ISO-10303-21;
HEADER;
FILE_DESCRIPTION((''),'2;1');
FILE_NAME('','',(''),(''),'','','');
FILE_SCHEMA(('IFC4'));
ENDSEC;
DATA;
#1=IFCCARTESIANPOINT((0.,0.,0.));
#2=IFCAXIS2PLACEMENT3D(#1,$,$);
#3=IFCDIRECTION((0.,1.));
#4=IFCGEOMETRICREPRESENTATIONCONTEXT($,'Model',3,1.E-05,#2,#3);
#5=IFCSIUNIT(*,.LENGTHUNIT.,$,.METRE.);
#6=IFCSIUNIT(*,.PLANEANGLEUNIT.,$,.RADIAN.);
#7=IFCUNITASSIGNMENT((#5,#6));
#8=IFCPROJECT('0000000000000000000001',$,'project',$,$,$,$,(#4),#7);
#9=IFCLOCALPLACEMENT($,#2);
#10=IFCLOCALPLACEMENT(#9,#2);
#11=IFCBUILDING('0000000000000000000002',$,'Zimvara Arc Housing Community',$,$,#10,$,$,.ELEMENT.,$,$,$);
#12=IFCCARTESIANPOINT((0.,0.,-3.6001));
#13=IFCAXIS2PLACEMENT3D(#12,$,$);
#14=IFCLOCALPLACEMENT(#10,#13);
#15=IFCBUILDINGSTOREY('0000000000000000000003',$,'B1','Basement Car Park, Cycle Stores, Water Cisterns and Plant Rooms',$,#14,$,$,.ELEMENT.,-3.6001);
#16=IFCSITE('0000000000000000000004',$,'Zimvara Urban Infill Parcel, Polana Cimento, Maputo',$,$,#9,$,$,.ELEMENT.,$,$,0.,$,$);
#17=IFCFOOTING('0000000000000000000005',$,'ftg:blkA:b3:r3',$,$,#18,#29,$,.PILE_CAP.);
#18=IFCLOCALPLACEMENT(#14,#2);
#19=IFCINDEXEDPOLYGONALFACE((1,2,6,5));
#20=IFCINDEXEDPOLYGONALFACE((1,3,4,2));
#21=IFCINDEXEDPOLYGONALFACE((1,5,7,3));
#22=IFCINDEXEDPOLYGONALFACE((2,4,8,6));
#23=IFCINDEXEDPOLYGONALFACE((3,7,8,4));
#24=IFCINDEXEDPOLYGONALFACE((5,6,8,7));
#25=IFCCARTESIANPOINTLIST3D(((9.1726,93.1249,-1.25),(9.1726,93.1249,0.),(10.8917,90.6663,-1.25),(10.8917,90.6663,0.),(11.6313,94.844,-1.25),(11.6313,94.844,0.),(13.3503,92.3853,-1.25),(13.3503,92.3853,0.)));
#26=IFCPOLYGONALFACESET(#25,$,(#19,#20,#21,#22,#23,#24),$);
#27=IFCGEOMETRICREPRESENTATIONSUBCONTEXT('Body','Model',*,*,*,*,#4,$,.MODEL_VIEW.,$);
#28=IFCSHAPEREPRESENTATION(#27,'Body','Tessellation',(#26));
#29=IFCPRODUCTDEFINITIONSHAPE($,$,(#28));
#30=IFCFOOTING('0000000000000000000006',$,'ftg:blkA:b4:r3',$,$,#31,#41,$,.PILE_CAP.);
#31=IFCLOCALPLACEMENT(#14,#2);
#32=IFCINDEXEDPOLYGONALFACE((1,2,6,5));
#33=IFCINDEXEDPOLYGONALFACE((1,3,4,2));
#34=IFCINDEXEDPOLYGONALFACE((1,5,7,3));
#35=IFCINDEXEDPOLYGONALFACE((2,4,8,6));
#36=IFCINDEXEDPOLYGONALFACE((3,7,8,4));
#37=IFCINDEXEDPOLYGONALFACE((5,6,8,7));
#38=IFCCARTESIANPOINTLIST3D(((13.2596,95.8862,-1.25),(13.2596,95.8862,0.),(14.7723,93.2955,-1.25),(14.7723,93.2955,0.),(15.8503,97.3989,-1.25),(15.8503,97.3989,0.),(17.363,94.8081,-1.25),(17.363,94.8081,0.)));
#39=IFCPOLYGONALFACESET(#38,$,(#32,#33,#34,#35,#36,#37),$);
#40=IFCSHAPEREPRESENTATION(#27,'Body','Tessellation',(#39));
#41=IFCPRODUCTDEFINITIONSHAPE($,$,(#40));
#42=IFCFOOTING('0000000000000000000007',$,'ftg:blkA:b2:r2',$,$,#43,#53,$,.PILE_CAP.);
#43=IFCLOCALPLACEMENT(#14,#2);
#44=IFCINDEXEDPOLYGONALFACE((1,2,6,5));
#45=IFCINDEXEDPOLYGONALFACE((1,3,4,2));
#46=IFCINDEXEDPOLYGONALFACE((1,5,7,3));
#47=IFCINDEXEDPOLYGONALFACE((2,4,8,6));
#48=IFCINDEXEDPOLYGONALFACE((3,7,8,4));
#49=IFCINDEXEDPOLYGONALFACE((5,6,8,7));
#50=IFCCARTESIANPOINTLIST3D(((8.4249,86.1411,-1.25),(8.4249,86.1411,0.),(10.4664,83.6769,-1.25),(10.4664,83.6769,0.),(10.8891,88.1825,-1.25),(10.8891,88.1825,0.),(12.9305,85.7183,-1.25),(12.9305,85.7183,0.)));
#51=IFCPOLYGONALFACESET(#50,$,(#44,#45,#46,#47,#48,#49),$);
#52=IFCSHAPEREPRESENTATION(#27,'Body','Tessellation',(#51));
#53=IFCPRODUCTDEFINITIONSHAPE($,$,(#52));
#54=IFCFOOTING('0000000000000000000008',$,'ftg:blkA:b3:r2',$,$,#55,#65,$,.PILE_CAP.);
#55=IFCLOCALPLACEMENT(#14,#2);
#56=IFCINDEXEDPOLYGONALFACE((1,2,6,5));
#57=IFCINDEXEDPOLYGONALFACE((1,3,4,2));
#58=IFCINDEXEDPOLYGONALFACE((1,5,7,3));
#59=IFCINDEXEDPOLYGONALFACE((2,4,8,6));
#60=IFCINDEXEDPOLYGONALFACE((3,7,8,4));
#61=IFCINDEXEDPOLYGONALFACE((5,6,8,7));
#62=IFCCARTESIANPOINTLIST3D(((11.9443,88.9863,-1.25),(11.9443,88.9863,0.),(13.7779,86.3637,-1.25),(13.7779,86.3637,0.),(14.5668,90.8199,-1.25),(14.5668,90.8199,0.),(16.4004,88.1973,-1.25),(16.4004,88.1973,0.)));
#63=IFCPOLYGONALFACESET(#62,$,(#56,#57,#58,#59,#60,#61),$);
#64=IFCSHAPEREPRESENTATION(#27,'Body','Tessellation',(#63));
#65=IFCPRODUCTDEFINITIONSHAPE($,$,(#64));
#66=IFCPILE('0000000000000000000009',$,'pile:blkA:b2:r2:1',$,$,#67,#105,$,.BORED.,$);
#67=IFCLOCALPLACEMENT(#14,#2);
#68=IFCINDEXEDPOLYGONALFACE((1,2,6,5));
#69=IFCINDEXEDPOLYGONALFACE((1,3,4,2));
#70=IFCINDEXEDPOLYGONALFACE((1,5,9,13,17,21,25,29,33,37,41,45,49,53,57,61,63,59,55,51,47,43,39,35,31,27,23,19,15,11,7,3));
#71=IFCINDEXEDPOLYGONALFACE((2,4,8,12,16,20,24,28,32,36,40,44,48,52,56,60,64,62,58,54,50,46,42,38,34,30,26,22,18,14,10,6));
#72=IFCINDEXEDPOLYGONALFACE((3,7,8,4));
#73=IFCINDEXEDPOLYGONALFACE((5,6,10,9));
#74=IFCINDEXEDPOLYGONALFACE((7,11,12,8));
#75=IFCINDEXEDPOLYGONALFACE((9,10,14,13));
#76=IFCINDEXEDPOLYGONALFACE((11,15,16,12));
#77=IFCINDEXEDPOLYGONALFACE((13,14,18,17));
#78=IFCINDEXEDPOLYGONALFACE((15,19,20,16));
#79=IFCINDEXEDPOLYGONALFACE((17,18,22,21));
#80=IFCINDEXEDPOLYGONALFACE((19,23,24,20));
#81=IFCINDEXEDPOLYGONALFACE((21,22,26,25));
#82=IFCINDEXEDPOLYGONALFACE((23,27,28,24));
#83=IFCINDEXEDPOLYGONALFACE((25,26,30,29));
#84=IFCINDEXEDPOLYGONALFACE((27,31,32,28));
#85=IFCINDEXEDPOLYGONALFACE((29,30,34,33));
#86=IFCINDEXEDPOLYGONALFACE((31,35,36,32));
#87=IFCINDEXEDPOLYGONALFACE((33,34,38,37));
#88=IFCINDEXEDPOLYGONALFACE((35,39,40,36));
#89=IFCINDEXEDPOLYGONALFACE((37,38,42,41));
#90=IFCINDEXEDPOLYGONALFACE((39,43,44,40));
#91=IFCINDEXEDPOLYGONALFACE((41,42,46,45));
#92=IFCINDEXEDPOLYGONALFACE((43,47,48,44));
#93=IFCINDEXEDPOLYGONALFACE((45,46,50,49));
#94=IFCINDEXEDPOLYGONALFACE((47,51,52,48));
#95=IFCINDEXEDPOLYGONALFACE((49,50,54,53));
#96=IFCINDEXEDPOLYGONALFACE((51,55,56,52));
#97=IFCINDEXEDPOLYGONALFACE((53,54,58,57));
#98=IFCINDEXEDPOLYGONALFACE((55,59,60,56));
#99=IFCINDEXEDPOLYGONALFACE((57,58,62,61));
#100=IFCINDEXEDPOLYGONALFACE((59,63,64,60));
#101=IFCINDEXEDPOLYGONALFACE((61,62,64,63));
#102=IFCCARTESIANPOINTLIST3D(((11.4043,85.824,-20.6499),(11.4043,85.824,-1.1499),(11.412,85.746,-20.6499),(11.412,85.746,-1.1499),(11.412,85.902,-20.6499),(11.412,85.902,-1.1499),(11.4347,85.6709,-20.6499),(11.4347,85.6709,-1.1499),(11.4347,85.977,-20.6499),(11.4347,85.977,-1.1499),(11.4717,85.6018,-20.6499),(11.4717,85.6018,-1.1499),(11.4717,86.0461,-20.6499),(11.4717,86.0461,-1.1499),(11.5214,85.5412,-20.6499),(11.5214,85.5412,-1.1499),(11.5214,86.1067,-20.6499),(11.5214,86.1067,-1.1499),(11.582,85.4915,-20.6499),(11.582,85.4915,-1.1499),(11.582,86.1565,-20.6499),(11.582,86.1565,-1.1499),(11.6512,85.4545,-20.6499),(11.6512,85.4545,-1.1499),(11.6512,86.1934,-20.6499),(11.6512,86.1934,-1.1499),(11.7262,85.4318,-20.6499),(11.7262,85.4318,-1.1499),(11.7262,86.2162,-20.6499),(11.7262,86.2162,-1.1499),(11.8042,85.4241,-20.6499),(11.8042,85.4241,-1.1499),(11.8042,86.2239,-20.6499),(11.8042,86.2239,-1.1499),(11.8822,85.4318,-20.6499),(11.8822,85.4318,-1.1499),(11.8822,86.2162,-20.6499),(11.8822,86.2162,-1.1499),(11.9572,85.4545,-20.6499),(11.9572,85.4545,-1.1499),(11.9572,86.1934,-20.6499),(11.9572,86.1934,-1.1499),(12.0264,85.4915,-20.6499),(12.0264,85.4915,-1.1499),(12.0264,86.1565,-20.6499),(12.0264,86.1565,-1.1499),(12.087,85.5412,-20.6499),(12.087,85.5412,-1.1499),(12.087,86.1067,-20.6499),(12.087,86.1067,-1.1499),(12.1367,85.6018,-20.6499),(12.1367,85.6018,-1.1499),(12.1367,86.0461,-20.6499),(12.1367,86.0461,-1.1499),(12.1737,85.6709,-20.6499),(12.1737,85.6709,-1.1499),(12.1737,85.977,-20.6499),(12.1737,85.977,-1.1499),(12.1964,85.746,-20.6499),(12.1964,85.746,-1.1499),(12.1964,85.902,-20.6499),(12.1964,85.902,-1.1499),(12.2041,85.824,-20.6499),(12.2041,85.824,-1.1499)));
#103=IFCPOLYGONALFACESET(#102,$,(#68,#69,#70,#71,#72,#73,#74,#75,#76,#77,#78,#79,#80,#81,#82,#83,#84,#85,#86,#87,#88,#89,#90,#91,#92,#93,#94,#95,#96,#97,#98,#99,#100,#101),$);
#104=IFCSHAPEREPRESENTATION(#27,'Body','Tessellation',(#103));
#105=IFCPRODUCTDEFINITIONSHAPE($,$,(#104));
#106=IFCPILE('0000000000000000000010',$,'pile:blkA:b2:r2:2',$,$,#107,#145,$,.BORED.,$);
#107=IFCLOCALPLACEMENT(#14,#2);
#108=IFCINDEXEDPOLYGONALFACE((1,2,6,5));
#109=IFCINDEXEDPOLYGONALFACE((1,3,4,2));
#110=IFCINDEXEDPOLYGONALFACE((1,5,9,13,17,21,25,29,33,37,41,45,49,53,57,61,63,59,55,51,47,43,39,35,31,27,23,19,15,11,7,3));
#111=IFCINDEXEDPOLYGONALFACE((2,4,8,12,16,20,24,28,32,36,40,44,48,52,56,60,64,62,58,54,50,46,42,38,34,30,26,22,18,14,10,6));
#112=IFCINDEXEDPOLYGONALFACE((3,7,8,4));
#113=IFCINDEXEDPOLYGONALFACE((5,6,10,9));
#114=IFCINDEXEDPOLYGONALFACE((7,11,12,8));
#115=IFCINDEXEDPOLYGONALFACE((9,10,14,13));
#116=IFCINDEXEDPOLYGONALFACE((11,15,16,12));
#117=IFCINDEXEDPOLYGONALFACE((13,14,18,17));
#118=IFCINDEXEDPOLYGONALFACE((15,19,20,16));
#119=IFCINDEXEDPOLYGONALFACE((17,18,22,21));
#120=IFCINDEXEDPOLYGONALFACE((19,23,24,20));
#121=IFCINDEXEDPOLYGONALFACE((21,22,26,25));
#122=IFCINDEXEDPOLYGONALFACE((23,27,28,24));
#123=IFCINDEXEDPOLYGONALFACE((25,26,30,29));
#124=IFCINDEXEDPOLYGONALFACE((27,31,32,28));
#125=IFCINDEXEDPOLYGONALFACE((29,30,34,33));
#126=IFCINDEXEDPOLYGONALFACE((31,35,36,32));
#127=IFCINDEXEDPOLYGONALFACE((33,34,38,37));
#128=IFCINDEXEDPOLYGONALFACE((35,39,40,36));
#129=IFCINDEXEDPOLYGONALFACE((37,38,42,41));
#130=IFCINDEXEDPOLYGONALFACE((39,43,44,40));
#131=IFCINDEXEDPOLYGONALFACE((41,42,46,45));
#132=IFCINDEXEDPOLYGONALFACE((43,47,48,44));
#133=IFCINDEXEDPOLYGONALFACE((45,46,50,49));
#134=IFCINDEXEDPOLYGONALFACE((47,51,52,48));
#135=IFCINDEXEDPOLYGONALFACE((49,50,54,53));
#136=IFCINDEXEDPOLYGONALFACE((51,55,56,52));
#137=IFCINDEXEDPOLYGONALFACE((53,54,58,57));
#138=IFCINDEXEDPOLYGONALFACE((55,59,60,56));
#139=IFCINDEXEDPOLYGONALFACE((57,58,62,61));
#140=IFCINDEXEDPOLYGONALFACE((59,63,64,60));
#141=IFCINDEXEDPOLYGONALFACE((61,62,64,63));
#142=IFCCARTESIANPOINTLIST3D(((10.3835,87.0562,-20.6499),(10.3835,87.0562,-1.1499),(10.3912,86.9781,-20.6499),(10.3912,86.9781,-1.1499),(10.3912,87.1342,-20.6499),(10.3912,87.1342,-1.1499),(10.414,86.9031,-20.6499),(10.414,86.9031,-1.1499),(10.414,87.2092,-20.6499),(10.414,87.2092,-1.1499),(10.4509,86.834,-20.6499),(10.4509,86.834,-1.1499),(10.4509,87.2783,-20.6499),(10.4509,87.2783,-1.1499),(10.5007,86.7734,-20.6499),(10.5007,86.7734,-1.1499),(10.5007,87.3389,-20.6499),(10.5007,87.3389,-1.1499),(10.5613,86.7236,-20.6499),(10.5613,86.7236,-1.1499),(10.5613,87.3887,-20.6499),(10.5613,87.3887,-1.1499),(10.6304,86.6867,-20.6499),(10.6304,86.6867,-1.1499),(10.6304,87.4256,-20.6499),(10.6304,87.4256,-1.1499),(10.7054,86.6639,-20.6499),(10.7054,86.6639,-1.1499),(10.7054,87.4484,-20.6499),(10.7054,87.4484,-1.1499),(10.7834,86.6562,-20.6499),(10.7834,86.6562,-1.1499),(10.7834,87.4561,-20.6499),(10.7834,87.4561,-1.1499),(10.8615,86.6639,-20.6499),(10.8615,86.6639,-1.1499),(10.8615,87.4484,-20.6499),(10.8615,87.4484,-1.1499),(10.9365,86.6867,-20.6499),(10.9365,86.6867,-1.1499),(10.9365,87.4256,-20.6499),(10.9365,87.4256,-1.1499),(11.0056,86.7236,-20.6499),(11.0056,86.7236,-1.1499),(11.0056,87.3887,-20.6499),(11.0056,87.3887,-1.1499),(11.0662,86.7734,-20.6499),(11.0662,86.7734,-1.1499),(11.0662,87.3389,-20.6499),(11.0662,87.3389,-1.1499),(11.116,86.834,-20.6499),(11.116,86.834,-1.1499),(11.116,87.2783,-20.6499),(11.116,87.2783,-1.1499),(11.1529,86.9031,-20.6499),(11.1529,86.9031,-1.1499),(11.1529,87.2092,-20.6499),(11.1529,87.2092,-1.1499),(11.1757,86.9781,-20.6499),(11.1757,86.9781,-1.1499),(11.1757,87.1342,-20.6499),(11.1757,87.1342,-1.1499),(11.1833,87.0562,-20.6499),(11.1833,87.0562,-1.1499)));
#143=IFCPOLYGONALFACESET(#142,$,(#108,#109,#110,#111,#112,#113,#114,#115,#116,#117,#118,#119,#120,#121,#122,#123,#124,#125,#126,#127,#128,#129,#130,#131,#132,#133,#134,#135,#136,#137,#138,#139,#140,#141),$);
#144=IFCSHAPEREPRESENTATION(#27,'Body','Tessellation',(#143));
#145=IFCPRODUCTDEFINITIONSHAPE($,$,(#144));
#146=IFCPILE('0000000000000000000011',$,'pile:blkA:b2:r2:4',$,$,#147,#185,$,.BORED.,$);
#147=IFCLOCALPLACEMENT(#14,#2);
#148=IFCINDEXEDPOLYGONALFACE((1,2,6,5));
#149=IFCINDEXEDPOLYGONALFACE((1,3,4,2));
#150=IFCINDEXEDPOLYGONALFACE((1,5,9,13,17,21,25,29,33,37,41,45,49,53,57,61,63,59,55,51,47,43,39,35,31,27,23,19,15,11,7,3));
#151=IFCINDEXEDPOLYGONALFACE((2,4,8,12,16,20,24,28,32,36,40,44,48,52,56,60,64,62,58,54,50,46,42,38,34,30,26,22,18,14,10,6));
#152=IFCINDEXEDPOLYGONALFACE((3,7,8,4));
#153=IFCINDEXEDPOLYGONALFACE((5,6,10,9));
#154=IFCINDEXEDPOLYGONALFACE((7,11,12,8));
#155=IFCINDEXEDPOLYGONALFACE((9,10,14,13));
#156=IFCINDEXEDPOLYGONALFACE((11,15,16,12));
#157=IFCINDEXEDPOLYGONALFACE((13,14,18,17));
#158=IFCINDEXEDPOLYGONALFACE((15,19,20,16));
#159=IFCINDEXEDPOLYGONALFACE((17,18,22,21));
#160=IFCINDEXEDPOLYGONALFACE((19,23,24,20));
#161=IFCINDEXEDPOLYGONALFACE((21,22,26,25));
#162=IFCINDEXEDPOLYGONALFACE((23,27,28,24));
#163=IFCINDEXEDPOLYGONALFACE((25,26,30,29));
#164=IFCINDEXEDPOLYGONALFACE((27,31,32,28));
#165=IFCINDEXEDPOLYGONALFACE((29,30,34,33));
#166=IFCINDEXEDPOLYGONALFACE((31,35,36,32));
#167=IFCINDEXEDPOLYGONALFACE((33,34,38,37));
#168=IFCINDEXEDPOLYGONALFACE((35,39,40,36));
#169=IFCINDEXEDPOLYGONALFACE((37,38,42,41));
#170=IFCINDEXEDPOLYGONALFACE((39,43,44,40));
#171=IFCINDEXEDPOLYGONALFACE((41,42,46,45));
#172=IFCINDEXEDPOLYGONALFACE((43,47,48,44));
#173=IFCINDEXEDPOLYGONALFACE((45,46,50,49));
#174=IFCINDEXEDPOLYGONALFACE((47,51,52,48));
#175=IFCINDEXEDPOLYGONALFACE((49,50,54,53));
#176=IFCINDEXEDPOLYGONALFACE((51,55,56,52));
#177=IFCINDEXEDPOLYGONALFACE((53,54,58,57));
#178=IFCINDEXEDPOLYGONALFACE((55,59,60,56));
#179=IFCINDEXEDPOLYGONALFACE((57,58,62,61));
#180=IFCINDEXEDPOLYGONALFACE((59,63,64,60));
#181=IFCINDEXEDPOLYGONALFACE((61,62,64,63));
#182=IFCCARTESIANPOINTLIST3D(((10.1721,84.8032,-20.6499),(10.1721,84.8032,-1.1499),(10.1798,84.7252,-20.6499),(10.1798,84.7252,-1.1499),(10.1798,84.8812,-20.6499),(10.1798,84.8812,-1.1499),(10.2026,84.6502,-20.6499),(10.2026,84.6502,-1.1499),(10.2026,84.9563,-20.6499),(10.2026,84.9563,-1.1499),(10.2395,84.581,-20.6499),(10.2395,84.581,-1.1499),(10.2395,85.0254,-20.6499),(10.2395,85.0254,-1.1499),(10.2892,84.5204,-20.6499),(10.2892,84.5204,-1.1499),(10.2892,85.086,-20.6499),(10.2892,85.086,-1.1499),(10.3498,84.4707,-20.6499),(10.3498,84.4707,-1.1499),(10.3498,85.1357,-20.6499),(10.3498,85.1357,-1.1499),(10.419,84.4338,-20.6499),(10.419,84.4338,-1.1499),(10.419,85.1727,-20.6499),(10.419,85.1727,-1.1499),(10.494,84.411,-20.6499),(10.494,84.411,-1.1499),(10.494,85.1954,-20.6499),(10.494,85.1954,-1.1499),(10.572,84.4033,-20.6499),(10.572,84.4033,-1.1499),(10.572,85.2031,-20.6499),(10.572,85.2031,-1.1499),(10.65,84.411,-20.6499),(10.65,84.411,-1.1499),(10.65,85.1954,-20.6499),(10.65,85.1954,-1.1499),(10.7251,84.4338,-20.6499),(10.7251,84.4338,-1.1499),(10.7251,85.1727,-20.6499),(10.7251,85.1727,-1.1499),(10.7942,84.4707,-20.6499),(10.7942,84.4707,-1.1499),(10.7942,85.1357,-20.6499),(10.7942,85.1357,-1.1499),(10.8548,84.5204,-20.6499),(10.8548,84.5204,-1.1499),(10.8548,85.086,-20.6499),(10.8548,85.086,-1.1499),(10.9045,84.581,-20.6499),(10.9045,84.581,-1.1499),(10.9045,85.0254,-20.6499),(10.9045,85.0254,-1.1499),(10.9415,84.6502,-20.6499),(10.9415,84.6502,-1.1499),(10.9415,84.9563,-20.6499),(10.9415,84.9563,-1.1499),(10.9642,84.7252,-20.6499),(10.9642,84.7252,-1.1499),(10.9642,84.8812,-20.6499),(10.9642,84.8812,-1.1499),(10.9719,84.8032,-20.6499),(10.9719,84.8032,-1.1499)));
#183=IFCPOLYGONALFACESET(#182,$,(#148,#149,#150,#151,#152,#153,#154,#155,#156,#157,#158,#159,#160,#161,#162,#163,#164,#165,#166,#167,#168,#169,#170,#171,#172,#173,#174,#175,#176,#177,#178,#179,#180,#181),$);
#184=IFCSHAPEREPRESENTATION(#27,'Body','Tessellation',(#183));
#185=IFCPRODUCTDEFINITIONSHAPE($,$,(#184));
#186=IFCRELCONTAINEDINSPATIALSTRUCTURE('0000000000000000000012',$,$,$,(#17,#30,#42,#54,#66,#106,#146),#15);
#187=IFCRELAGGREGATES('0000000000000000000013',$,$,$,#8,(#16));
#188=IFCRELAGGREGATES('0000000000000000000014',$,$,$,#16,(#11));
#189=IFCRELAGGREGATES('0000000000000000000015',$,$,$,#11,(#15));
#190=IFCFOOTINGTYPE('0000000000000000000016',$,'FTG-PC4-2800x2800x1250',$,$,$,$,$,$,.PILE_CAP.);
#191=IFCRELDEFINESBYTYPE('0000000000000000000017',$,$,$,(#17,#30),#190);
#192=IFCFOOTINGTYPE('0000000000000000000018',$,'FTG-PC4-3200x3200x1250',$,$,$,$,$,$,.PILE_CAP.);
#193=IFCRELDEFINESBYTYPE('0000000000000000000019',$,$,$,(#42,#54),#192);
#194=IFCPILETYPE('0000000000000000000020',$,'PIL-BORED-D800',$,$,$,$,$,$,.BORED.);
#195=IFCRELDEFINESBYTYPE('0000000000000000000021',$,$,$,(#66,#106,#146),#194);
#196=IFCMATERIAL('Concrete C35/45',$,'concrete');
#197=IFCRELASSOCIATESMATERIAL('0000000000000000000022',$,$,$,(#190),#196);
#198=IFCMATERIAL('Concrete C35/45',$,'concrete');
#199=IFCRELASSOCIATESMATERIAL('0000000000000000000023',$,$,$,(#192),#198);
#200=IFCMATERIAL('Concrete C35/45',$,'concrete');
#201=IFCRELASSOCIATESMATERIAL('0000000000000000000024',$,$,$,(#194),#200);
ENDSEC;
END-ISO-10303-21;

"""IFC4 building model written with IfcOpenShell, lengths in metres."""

from ifc_helpers import new_model, si_unit, direction, frame, origin, origin_2d, place, context, subcontext, project, spatial, rectangle, circle, extrude, material, material_profile, profile_set, type_object, element, save


model = new_model("IFC4")

# Units and contexts
model_context = context("Model", 3, precision=1e-05, world=origin(), true_north=direction((0.0, 1.0)))
body_context = subcontext(model_context, "Body", "Model", "MODEL_VIEW")
ifc_project = project(units=[si_unit("LENGTHUNIT", "METRE"), si_unit("PLANEANGLEUNIT", "RADIAN")], contexts=[model_context])

# Site, building, storey
site_placement = place(None, origin())
site = spatial("IfcSite", under=ifc_project, at=site_placement, Name="Zimvara Urban Infill Parcel, Polana Cimento, Maputo", CompositionType="ELEMENT", RefElevation=0.0)
building_placement = place(site_placement, origin())
building = spatial("IfcBuilding", under=site, at=building_placement, Name="Zimvara Arc Housing Community", CompositionType="ELEMENT")
storey_placement = place(building_placement, frame((0.0, 0.0, -3.6001)))
storey = spatial("IfcBuildingStorey", under=building, at=storey_placement, Name="B1", Description="Basement Car Park, Cycle Stores, Water Cisterns and Plant Rooms", CompositionType="ELEMENT", Elevation=-3.6001)

# Footings
ifc_material_1 = material(Name="Concrete C35/45", Category="concrete")
footing_type_1 = type_object("IfcFootingType", Name="FTG-PC4-2800x2800x1250", PredefinedType="PILE_CAP", material=ifc_material_1)
for number, where, z_axis, x_axis, name in (
    (1, (11.2615, 92.7551, -1.25), (0.0, 0.0, 1.0), (-0.573004, 0.819552, 0.0), "ftg:blkA:b3:r3"),
    (2, (15.3113, 95.3472, -1.25), (0.0, 0.0, 1.0), (-0.504226, 0.863572, 0.0), "ftg:blkA:b4:r3"),
):
    element("IfcFooting", number, at=place(storey_placement, frame(where, z_axis=z_axis, x_axis=x_axis)), inside=storey, type_object=footing_type_1, Name=name, PredefinedType="PILE_CAP", context=body_context, shape_type="SweptSolid", body=[
        extrude(rectangle(XDim=3.0, YDim=3.0, at=origin_2d()), origin(), (0.0, 0.0, 1.0), 1.25),
    ])
ifc_material_2 = material(Name="Concrete C35/45", Category="concrete")
footing_type_2 = type_object("IfcFootingType", Name="FTG-PC4-3200x3200x1250", PredefinedType="PILE_CAP", material=ifc_material_2)
for number, where, z_axis, x_axis, name in (
    (3, (10.6777, 85.9297, -1.25), (0.0, 0.0, 1.0), (-0.637962, 0.770068, 0.0), "ftg:blkA:b2:r2"),
    (4, (14.1724, 88.5918, -1.25), (0.0, 0.0, 1.0), (-0.573004, 0.819552, 0.0), "ftg:blkA:b3:r2"),
):
    element("IfcFooting", number, at=place(storey_placement, frame(where, z_axis=z_axis, x_axis=x_axis)), inside=storey, type_object=footing_type_2, Name=name, PredefinedType="PILE_CAP", context=body_context, shape_type="SweptSolid", body=[
        extrude(rectangle(XDim=3.2, YDim=3.2, at=origin_2d()), origin(), (0.0, 0.0, 1.0), 1.25),
    ])

# Piles
ifc_material_3 = material(Name="Concrete C35/45", Category="concrete")
ifc_material_profile_1 = material_profile(ifc_material_3, circle(Radius=0.3999, at=origin_2d()), Name="PILE D800")
ifc_profile_set_1 = profile_set([ifc_material_profile_1], Name="Concrete C35/45")
pile_type = type_object("IfcPileType", Name="PIL-BORED-D800", PredefinedType="BORED", material=ifc_profile_set_1)
for number, where, z_axis, x_axis, name in (
    (5, (11.8042, 85.824, -1.1499), (0.0, 0.0, -1.0), (1.0, 0.0, 0.0), "pile:blkA:b2:r2:1"),
    (6, (10.7834, 87.0562, -1.1499), (0.0, 0.0, -1.0), (1.0, 0.0, 0.0), "pile:blkA:b2:r2:2"),
    (7, (10.572, 84.8032, -1.1499), (0.0, 0.0, -1.0), (1.0, 0.0, 0.0), "pile:blkA:b2:r2:4"),
):
    element("IfcPile", number, at=place(storey_placement, frame(where, z_axis=z_axis, x_axis=x_axis)), inside=storey, type_object=pile_type, Name=name, PredefinedType="BORED", context=body_context, shape_type="SweptSolid", body=[
        extrude(circle(Radius=0.3999, at=origin_2d()), origin(), (0.0, 0.0, 1.0), 19.5),
    ])

save(model, "model.ifc")
